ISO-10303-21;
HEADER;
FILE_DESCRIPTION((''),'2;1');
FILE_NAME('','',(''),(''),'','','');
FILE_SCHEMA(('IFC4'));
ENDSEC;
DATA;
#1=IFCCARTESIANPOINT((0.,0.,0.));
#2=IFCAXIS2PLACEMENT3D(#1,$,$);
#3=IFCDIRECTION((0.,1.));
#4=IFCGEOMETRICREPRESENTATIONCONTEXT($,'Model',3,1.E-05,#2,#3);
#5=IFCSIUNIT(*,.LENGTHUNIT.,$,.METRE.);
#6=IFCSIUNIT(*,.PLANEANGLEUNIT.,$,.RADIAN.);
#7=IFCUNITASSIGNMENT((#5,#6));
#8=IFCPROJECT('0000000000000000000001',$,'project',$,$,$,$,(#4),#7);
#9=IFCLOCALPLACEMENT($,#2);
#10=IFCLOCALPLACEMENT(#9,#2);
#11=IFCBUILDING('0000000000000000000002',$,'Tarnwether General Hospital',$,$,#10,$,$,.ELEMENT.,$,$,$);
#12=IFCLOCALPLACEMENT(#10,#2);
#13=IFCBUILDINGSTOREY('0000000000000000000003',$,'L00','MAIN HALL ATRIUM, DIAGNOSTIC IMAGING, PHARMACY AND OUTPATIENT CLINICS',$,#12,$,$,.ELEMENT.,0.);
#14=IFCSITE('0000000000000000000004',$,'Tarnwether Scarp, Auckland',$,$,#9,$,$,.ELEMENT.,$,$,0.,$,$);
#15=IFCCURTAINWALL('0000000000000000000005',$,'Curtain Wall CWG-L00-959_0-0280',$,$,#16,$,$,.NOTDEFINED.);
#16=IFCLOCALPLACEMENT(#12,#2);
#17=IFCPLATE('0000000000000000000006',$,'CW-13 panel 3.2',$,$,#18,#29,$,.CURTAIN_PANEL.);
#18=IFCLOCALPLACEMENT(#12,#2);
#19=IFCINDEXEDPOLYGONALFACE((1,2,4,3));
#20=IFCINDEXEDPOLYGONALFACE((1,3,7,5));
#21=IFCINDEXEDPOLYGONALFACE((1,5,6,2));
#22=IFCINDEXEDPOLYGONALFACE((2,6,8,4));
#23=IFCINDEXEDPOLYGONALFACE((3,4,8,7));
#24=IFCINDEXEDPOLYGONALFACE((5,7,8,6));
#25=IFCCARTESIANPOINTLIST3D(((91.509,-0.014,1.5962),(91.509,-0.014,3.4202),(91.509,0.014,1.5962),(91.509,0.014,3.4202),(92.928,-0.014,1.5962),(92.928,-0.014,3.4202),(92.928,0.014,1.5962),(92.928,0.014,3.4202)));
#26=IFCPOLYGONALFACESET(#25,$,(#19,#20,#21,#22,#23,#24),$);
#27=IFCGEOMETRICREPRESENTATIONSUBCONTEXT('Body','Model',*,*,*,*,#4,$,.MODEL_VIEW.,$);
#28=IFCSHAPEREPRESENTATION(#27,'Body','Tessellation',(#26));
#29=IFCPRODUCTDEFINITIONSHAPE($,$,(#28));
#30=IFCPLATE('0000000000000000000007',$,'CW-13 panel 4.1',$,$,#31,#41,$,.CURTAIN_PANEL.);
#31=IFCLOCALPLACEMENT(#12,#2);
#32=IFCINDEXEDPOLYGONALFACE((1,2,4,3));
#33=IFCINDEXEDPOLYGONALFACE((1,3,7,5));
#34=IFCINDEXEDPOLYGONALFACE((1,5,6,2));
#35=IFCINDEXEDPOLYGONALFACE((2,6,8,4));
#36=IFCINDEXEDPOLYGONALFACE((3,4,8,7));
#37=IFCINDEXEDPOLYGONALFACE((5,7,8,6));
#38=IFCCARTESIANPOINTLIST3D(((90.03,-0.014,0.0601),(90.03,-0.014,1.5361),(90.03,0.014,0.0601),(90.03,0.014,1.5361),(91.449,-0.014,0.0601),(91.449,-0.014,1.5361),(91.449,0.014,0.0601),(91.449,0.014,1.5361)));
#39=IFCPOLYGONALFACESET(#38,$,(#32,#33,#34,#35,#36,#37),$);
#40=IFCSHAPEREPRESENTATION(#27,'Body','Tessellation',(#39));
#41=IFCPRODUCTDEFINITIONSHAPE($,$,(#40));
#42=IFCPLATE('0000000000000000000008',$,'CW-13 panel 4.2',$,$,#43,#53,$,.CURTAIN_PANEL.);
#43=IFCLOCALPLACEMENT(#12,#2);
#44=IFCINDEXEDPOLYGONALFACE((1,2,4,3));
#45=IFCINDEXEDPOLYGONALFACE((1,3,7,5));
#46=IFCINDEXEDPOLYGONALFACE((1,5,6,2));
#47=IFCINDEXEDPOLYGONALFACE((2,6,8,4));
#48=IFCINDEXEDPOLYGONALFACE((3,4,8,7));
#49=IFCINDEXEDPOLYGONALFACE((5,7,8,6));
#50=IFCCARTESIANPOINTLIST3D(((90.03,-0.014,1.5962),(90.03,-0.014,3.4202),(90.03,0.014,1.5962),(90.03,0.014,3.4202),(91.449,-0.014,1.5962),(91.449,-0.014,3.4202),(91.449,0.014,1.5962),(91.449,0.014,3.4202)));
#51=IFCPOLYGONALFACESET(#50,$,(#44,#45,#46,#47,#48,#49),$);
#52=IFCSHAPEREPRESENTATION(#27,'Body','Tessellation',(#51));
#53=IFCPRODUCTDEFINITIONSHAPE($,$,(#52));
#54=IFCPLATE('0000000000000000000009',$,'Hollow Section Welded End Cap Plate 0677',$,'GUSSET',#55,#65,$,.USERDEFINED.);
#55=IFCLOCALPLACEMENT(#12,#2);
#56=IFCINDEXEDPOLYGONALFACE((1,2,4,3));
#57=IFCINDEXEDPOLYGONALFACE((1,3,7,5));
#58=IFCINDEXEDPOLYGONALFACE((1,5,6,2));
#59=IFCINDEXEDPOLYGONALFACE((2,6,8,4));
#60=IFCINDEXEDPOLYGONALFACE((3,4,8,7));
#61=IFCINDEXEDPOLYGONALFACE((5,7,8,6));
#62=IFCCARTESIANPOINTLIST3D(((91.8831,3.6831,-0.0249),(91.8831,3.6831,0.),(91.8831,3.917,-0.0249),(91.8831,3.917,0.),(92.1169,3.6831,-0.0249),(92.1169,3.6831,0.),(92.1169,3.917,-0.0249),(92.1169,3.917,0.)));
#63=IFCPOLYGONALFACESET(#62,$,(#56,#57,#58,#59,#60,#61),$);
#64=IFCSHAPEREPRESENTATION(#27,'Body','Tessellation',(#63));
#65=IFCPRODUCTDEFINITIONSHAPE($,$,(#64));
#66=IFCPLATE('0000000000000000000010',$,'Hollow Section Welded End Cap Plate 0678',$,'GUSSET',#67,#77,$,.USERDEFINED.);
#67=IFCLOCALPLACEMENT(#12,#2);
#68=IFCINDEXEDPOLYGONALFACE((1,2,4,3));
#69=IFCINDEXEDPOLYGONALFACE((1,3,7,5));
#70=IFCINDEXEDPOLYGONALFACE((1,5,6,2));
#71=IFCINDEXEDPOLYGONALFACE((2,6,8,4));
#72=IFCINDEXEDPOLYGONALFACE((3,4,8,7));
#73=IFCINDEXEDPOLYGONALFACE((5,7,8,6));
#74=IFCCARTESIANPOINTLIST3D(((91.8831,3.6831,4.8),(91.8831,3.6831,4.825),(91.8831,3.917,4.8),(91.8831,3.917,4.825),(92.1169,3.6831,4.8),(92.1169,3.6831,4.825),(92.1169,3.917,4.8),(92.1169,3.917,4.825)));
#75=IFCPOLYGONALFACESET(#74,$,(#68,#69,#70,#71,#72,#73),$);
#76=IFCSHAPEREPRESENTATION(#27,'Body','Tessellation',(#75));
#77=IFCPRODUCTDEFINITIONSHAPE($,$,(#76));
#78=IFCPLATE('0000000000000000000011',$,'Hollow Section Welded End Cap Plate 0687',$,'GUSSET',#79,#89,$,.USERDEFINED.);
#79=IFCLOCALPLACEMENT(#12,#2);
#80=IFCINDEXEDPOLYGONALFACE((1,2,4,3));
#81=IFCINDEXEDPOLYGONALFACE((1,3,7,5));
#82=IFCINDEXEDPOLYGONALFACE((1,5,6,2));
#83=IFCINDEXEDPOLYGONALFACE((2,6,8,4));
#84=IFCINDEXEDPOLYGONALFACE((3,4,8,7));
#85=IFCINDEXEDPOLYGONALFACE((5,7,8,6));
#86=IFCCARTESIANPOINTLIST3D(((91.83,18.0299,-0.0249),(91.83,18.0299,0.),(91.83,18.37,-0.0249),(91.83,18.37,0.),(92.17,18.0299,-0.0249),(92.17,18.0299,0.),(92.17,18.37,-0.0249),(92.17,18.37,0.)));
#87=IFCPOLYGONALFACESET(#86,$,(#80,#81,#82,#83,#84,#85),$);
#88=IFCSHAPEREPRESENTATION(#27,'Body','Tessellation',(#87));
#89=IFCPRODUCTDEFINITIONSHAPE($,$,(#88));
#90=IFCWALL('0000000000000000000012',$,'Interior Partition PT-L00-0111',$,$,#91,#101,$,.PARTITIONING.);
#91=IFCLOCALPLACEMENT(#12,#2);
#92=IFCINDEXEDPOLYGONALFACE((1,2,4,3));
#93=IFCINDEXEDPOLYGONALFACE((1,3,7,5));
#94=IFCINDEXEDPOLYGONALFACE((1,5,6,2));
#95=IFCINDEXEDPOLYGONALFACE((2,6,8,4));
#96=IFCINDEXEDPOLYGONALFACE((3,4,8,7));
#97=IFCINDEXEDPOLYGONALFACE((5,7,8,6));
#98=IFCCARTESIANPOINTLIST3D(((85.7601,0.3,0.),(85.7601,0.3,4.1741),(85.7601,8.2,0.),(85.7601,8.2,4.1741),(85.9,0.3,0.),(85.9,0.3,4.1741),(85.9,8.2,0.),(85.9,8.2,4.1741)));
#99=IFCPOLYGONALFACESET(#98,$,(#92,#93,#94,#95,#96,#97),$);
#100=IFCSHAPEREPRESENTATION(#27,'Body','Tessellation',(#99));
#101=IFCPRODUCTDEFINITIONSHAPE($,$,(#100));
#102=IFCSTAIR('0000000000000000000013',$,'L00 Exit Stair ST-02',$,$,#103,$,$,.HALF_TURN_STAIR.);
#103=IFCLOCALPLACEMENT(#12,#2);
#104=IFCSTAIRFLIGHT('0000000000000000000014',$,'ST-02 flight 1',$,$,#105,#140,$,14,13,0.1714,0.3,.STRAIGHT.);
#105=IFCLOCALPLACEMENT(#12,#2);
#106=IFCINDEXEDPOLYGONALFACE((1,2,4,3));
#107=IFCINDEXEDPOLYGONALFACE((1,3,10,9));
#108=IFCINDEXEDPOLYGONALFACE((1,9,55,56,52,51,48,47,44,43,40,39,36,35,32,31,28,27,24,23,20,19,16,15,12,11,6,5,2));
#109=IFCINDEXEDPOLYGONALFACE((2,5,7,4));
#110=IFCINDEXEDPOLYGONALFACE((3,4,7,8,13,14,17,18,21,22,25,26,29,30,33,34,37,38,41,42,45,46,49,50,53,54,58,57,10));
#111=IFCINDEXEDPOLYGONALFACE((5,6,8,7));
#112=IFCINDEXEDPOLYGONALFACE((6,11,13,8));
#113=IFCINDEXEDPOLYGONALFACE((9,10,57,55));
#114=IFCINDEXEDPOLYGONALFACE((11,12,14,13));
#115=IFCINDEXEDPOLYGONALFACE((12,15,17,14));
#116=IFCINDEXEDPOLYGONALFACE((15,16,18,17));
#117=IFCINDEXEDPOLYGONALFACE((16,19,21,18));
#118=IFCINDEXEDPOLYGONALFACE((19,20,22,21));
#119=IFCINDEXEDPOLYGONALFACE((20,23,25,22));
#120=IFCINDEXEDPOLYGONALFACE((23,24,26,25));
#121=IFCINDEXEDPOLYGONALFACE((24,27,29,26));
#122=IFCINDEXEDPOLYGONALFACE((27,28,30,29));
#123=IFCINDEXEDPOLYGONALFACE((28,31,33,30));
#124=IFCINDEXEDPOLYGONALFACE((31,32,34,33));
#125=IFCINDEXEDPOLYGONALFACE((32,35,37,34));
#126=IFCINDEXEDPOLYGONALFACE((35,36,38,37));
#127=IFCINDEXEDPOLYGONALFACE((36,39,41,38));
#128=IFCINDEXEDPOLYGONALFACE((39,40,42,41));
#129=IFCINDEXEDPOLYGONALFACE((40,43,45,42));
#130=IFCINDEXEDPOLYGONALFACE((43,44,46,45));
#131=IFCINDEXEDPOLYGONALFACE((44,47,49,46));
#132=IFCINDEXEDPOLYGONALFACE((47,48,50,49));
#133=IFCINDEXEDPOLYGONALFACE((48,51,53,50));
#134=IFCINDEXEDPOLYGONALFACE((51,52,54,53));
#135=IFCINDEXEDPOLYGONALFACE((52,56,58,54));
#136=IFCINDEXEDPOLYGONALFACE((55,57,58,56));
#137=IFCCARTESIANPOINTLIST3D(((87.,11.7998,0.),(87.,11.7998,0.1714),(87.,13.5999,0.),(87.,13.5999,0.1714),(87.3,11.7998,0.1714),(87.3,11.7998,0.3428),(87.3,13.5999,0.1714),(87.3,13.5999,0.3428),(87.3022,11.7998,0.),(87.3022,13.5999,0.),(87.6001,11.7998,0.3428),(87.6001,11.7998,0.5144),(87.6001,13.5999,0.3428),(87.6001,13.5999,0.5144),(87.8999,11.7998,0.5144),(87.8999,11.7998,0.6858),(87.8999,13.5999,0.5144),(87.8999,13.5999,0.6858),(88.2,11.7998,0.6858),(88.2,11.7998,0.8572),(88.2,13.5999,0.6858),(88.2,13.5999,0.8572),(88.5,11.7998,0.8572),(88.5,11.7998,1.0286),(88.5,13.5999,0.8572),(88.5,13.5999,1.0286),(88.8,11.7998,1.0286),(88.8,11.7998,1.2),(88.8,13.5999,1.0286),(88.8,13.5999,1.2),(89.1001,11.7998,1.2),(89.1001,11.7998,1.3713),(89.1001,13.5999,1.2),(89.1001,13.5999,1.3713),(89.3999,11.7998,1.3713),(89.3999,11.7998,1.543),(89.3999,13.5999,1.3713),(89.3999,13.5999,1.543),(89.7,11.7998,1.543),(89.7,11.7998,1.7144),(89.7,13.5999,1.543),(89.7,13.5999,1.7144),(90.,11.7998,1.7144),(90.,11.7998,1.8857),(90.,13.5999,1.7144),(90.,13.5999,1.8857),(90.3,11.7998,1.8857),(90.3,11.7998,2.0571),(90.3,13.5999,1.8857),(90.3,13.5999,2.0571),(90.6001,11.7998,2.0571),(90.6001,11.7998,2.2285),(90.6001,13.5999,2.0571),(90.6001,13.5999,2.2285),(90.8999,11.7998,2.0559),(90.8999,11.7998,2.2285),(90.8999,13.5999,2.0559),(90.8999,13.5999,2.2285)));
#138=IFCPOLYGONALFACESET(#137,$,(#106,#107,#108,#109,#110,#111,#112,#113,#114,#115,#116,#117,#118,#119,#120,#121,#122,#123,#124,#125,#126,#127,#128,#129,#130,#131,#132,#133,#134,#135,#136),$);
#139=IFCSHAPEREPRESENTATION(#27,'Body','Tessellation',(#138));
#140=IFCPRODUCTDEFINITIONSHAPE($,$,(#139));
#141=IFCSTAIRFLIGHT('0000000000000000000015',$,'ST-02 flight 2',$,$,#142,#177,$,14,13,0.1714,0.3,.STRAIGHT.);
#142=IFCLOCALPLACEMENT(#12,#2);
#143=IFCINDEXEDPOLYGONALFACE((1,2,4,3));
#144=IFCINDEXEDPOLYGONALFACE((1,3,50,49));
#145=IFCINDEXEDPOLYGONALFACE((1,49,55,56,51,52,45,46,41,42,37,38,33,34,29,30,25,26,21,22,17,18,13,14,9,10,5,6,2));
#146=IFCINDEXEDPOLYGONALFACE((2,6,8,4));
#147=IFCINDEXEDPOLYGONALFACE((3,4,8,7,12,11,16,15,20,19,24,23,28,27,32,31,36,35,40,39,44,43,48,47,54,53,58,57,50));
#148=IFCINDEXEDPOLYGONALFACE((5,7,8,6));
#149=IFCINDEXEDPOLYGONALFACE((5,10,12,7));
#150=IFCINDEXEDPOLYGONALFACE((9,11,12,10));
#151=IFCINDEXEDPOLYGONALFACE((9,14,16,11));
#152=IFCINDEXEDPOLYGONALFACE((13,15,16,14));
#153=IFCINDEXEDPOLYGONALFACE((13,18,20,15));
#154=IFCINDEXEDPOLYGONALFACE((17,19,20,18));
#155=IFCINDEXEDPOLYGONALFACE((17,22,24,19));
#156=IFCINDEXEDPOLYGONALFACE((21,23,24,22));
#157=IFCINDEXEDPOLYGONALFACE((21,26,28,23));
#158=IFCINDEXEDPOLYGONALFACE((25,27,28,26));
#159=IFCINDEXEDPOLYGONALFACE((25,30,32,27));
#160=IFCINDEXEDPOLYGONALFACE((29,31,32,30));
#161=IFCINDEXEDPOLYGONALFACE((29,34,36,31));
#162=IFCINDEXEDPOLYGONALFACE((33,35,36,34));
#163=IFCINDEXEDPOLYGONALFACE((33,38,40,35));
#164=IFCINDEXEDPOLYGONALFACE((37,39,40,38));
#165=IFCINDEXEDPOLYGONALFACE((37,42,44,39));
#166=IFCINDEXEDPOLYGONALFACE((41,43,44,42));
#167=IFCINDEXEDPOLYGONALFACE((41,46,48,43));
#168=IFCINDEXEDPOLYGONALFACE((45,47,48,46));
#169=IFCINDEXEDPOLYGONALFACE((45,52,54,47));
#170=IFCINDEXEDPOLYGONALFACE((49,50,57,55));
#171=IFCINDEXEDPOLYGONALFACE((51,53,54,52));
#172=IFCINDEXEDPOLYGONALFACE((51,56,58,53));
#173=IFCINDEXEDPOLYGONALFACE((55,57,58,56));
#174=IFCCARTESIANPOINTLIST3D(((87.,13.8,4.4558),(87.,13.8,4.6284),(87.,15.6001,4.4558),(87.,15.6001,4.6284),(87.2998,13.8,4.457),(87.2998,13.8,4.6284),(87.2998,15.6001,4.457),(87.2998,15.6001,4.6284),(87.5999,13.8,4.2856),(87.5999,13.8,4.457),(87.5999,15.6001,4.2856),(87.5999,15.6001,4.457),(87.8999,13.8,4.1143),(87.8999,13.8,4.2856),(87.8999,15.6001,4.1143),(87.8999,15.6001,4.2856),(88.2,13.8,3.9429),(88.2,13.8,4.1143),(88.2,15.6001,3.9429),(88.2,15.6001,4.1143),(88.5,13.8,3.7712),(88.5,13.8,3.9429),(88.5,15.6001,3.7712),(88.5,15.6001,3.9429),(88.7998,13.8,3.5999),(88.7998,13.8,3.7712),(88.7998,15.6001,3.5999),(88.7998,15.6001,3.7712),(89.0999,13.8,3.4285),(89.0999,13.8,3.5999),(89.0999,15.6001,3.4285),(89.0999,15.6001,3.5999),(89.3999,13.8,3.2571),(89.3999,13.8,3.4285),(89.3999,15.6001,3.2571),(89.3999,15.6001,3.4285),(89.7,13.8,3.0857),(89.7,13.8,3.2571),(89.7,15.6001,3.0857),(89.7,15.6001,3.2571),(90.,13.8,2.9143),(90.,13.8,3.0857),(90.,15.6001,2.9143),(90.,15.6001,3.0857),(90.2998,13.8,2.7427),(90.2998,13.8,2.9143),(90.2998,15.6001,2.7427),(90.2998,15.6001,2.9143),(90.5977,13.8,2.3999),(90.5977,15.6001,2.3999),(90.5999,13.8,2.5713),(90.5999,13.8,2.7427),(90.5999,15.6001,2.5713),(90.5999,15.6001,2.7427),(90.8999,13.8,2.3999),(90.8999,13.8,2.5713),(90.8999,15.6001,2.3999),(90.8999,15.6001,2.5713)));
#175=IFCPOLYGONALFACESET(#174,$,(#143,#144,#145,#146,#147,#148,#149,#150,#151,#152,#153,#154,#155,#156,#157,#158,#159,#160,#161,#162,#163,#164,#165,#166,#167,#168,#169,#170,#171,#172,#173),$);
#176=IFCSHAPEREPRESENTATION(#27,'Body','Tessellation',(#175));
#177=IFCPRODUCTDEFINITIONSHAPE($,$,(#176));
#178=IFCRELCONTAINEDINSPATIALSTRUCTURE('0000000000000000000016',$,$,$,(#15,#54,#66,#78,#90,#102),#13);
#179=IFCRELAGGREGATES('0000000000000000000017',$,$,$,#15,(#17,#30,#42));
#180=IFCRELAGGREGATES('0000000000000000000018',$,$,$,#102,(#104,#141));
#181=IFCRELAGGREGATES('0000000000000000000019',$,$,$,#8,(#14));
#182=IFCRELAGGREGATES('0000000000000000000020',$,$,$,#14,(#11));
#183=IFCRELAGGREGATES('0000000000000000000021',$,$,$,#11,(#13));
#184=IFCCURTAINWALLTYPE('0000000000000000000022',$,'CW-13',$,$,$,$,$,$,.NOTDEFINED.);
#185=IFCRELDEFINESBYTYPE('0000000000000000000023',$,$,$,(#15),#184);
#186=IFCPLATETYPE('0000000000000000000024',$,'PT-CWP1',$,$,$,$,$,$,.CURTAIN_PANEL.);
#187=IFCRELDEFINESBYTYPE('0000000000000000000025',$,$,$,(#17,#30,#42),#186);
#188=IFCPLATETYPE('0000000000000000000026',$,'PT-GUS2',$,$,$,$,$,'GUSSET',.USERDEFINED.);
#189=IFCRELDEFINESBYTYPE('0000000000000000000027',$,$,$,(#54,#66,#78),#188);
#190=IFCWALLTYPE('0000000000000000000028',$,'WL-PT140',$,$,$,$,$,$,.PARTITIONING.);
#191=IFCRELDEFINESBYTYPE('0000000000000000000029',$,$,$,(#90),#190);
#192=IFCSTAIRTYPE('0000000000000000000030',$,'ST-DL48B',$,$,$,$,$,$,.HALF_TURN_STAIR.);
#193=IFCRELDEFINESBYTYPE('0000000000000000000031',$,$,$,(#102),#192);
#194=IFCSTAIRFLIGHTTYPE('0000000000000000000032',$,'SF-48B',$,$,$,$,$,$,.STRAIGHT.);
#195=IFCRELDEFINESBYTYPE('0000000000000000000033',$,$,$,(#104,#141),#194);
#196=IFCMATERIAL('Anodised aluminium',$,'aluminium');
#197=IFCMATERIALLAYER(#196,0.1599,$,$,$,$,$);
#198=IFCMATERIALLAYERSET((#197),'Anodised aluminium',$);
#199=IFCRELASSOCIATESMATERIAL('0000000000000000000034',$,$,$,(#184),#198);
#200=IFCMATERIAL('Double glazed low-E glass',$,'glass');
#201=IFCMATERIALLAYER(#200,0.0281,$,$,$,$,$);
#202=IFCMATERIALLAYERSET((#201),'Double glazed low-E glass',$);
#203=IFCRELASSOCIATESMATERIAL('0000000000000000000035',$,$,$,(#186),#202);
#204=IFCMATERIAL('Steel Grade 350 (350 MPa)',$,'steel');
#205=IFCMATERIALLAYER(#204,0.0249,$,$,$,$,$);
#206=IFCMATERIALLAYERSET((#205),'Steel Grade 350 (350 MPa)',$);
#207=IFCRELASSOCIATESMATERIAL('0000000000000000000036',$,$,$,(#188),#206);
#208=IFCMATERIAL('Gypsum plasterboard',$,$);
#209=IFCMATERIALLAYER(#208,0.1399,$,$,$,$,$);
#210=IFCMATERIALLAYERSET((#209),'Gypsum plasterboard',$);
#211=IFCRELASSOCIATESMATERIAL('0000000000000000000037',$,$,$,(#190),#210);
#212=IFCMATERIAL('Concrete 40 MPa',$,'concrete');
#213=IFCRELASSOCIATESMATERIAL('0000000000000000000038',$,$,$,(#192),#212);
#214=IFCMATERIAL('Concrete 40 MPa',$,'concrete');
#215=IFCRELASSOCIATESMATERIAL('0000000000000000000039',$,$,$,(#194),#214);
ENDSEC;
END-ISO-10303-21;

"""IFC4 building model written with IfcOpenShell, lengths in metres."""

from ifc_helpers import new_model, si_unit, direction, frame, frame_2d, origin, origin_2d, place, context, subcontext, project, spatial, polyline, rectangle, outline, extrude, material, layer, layer_set, type_object, element, aggregate, save


model = new_model("IFC4")

# Units and contexts
model_context = context("Model", 3, precision=1e-05, world=origin(), true_north=direction((0.0, 1.0)))
body_context = subcontext(model_context, "Body", "Model", "MODEL_VIEW")
ifc_project = project(units=[si_unit("LENGTHUNIT", "METRE"), si_unit("PLANEANGLEUNIT", "RADIAN")], contexts=[model_context])

# Site, building, storey
site_placement = place(None, origin())
site = spatial("IfcSite", under=ifc_project, at=site_placement, Name="Tarnwether Scarp, Auckland", CompositionType="ELEMENT", RefElevation=0.0)
building_placement = place(site_placement, origin())
building = spatial("IfcBuilding", under=site, at=building_placement, Name="Tarnwether General Hospital", CompositionType="ELEMENT")
storey_placement = place(building_placement, origin())
storey = spatial("IfcBuildingStorey", under=building, at=storey_placement, Name="L00", Description="MAIN HALL ATRIUM, DIAGNOSTIC IMAGING, PHARMACY AND OUTPATIENT CLINICS", CompositionType="ELEMENT", Elevation=0.0)

# Curtain wall, plates
ifc_material_1 = material(Name="Anodised aluminium", Category="aluminium")
ifc_layer_1 = layer(ifc_material_1, 0.1599)
ifc_layer_set_1 = layer_set([ifc_layer_1], Name="Anodised aluminium")
curtain_wall_type = type_object("IfcCurtainWallType", Name="CW-13", PredefinedType="NOTDEFINED", material=ifc_layer_set_1)
curtain_wall_placement = place(storey_placement, origin())
curtain_wall = element("IfcCurtainWall", 1, at=curtain_wall_placement, inside=storey, type_object=curtain_wall_type, Name="Curtain Wall CWG-L00-959_0-0280", PredefinedType="NOTDEFINED")
ifc_material_2 = material(Name="Double glazed low-E glass", Category="glass")
ifc_layer_2 = layer(ifc_material_2, 0.0281)
ifc_layer_set_2 = layer_set([ifc_layer_2], Name="Double glazed low-E glass")
plate_type_1 = type_object("IfcPlateType", Name="PT-CWP1", PredefinedType="CURTAIN_PANEL", material=ifc_layer_set_2)
plate_1_placement = place(storey_placement, frame((92.2185, 0.0, 1.5962), z_axis=(0.0, 0.0, 1.0), x_axis=(-1.0, 0.0, 0.0)))
plate_1 = element("IfcPlate", 2, at=plate_1_placement, type_object=plate_type_1, Name="CW-13 panel 3.2", PredefinedType="CURTAIN_PANEL", context=body_context, shape_type="SweptSolid", body=[
    extrude(rectangle(XDim=1.4189, YDim=0.0281, at=origin_2d()), origin(), (0.0, 0.0, 1.0), 1.824),
])
plate_2_placement = place(storey_placement, frame((90.7395, 0.0, 0.0601), z_axis=(0.0, 0.0, 1.0), x_axis=(-1.0, 0.0, 0.0)))
plate_2 = element("IfcPlate", 3, at=plate_2_placement, type_object=plate_type_1, Name="CW-13 panel 4.1", PredefinedType="CURTAIN_PANEL", context=body_context, shape_type="SweptSolid", body=[
    extrude(rectangle(XDim=1.4189, YDim=0.0281, at=origin_2d()), origin(), (0.0, 0.0, 1.0), 1.4761),
])
plate_3_placement = place(storey_placement, frame((90.7395, 0.0, 1.5962), z_axis=(0.0, 0.0, 1.0), x_axis=(-1.0, 0.0, 0.0)))
plate_3 = element("IfcPlate", 4, at=plate_3_placement, type_object=plate_type_1, Name="CW-13 panel 4.2", PredefinedType="CURTAIN_PANEL", context=body_context, shape_type="SweptSolid", body=[
    extrude(rectangle(XDim=1.4189, YDim=0.0281, at=origin_2d()), origin(), (0.0, 0.0, 1.0), 1.824),
])
aggregate(curtain_wall, [plate_1, plate_2, plate_3])

# Plates
ifc_material_3 = material(Name="Steel Grade 350 (350 MPa)", Category="steel")
ifc_layer_3 = layer(ifc_material_3, 0.0249)
ifc_layer_set_3 = layer_set([ifc_layer_3], Name="Steel Grade 350 (350 MPa)")
plate_type_2 = type_object("IfcPlateType", Name="PT-GUS2", ElementType="GUSSET", PredefinedType="USERDEFINED", material=ifc_layer_set_3)
for number, where, z_axis, x_axis, name in (
    (5, (92.0, 3.8, -0.0249), (0.0, 0.0, 1.0), (1.0, 0.0, 0.0), "Hollow Section Welded End Cap Plate 0677"),
    (6, (92.0, 3.8, 4.8), (0.0, 0.0, 1.0), (1.0, 0.0, 0.0), "Hollow Section Welded End Cap Plate 0678"),
):
    element("IfcPlate", number, at=place(storey_placement, frame(where, z_axis=z_axis, x_axis=x_axis)), inside=storey, type_object=plate_type_2, Name=name, ObjectType="GUSSET", PredefinedType="USERDEFINED", context=body_context, shape_type="SweptSolid", body=[
        extrude(rectangle(XDim=0.2339, YDim=0.2339, at=origin_2d()), origin(), (0.0, 0.0, 1.0), 0.0249),
    ])
plate_4_placement = place(storey_placement, frame((92.0, 18.2, -0.0249), z_axis=(0.0, 0.0, 1.0), x_axis=(1.0, 0.0, 0.0)))
element("IfcPlate", 7, at=plate_4_placement, inside=storey, type_object=plate_type_2, Name="Hollow Section Welded End Cap Plate 0687", ObjectType="GUSSET", PredefinedType="USERDEFINED", context=body_context, shape_type="SweptSolid", body=[
    extrude(rectangle(XDim=0.3401, YDim=0.3401, at=origin_2d()), origin(), (0.0, 0.0, 1.0), 0.0249),
])

# Wall
ifc_material_4 = material(Name="Gypsum plasterboard")
ifc_layer_4 = layer(ifc_material_4, 0.1399)
ifc_layer_set_4 = layer_set([ifc_layer_4], Name="Gypsum plasterboard")
wall_type = type_object("IfcWallType", Name="WL-PT140", PredefinedType="PARTITIONING", material=ifc_layer_set_4)
wall_placement = place(storey_placement, frame((85.8301, 0.3, 0.0), z_axis=(0.0, 0.0, 1.0), x_axis=(0.0, 1.0, 0.0)))
element("IfcWall", 8, at=wall_placement, inside=storey, type_object=wall_type, Name="Interior Partition PT-L00-0111", PredefinedType="PARTITIONING", context=body_context, shape_type="SweptSolid", body=[
    extrude(rectangle(XDim=7.8999, YDim=0.1399, at=frame_2d((3.95, 0.0))), origin(), (0.0, 0.0, 1.0), 4.1741),
])

# Stair, stair flights
ifc_material_5 = material(Name="Concrete 40 MPa", Category="concrete")
stair_type = type_object("IfcStairType", Name="ST-DL48B", PredefinedType="HALF_TURN_STAIR", material=ifc_material_5)
stair_placement = place(storey_placement, origin())
stair = element("IfcStair", 9, at=stair_placement, inside=storey, type_object=stair_type, Name="L00 Exit Stair ST-02", PredefinedType="HALF_TURN_STAIR")
ifc_material_6 = material(Name="Concrete 40 MPa", Category="concrete")
stair_flight_type = type_object("IfcStairFlightType", Name="SF-48B", PredefinedType="STRAIGHT", material=ifc_material_6)
stair_flight_1_placement = place(storey_placement, frame((87.0, 12.7, 0.0), z_axis=(0.0, 0.0, 1.0), x_axis=(1.0, 0.0, 0.0)))
stair_flight_1 = element("IfcStairFlight", 10, at=stair_flight_1_placement, type_object=stair_flight_type, Name="ST-02 flight 1", NumberOfRisers=14, NumberOfTreads=13, PredefinedType="STRAIGHT", RiserHeight=0.1714, TreadLength=0.3, context=body_context, shape_type="SweptSolid", body=[
    extrude(outline(polyline([(0.0, 0.0), (0.0, 0.1714), (0.3, 0.1714), (0.3, 0.3428), (0.6001, 0.3428), (0.6001, 0.5144), (0.8999, 0.5144), (0.8999, 0.6858), (1.2, 0.6858), (1.2, 0.8572), (1.5, 0.8572), (1.5, 1.0286), (1.8, 1.0286), (1.8, 1.2), (2.1001, 1.2), (2.1001, 1.3713), (2.3999, 1.3713), (2.3999, 1.543), (2.7, 1.543), (2.7, 1.7144), (3.0, 1.7144), (3.0, 1.8857), (3.3, 1.8857), (3.3, 2.0571), (3.6001, 2.0571), (3.6001, 2.2285), (3.8999, 2.2285), (3.8999, 2.3999), (3.8999, 2.0559), (0.3022, 0.0), (0.0, 0.0)])), frame((0.0, 0.8999, 0.0), z_axis=(0.0, -1.0, 0.0), x_axis=(1.0, 0.0, 0.0)), (0.0, 0.0, 1.0), 1.8),
])
stair_flight_2_placement = place(storey_placement, frame((90.8999, 14.7, 2.3999), z_axis=(0.0, 0.0, 1.0), x_axis=(-1.0, 0.0, 0.0)))
stair_flight_2 = element("IfcStairFlight", 11, at=stair_flight_2_placement, type_object=stair_flight_type, Name="ST-02 flight 2", NumberOfRisers=14, NumberOfTreads=13, PredefinedType="STRAIGHT", RiserHeight=0.1714, TreadLength=0.3, context=body_context, shape_type="SweptSolid", body=[
    extrude(outline(polyline([(0.0, 0.0), (0.0, 0.1714), (0.3, 0.1714), (0.3, 0.3428), (0.6001, 0.3428), (0.6001, 0.5144), (0.8999, 0.5144), (0.8999, 0.6858), (1.2, 0.6858), (1.2, 0.8572), (1.5, 0.8572), (1.5, 1.0286), (1.8, 1.0286), (1.8, 1.2), (2.1001, 1.2), (2.1001, 1.3713), (2.3999, 1.3713), (2.3999, 1.543), (2.7, 1.543), (2.7, 1.7144), (3.0, 1.7144), (3.0, 1.8857), (3.3, 1.8857), (3.3, 2.0571), (3.6001, 2.0571), (3.6001, 2.2285), (3.8999, 2.2285), (3.8999, 2.3999), (3.8999, 2.0559), (0.3022, 0.0), (0.0, 0.0)])), frame((0.0, 0.8999, 0.0), z_axis=(0.0, -1.0, 0.0), x_axis=(1.0, 0.0, 0.0)), (0.0, 0.0, 1.0), 1.8),
])
aggregate(stair, [stair_flight_1, stair_flight_2])

save(model, "model.ifc")
